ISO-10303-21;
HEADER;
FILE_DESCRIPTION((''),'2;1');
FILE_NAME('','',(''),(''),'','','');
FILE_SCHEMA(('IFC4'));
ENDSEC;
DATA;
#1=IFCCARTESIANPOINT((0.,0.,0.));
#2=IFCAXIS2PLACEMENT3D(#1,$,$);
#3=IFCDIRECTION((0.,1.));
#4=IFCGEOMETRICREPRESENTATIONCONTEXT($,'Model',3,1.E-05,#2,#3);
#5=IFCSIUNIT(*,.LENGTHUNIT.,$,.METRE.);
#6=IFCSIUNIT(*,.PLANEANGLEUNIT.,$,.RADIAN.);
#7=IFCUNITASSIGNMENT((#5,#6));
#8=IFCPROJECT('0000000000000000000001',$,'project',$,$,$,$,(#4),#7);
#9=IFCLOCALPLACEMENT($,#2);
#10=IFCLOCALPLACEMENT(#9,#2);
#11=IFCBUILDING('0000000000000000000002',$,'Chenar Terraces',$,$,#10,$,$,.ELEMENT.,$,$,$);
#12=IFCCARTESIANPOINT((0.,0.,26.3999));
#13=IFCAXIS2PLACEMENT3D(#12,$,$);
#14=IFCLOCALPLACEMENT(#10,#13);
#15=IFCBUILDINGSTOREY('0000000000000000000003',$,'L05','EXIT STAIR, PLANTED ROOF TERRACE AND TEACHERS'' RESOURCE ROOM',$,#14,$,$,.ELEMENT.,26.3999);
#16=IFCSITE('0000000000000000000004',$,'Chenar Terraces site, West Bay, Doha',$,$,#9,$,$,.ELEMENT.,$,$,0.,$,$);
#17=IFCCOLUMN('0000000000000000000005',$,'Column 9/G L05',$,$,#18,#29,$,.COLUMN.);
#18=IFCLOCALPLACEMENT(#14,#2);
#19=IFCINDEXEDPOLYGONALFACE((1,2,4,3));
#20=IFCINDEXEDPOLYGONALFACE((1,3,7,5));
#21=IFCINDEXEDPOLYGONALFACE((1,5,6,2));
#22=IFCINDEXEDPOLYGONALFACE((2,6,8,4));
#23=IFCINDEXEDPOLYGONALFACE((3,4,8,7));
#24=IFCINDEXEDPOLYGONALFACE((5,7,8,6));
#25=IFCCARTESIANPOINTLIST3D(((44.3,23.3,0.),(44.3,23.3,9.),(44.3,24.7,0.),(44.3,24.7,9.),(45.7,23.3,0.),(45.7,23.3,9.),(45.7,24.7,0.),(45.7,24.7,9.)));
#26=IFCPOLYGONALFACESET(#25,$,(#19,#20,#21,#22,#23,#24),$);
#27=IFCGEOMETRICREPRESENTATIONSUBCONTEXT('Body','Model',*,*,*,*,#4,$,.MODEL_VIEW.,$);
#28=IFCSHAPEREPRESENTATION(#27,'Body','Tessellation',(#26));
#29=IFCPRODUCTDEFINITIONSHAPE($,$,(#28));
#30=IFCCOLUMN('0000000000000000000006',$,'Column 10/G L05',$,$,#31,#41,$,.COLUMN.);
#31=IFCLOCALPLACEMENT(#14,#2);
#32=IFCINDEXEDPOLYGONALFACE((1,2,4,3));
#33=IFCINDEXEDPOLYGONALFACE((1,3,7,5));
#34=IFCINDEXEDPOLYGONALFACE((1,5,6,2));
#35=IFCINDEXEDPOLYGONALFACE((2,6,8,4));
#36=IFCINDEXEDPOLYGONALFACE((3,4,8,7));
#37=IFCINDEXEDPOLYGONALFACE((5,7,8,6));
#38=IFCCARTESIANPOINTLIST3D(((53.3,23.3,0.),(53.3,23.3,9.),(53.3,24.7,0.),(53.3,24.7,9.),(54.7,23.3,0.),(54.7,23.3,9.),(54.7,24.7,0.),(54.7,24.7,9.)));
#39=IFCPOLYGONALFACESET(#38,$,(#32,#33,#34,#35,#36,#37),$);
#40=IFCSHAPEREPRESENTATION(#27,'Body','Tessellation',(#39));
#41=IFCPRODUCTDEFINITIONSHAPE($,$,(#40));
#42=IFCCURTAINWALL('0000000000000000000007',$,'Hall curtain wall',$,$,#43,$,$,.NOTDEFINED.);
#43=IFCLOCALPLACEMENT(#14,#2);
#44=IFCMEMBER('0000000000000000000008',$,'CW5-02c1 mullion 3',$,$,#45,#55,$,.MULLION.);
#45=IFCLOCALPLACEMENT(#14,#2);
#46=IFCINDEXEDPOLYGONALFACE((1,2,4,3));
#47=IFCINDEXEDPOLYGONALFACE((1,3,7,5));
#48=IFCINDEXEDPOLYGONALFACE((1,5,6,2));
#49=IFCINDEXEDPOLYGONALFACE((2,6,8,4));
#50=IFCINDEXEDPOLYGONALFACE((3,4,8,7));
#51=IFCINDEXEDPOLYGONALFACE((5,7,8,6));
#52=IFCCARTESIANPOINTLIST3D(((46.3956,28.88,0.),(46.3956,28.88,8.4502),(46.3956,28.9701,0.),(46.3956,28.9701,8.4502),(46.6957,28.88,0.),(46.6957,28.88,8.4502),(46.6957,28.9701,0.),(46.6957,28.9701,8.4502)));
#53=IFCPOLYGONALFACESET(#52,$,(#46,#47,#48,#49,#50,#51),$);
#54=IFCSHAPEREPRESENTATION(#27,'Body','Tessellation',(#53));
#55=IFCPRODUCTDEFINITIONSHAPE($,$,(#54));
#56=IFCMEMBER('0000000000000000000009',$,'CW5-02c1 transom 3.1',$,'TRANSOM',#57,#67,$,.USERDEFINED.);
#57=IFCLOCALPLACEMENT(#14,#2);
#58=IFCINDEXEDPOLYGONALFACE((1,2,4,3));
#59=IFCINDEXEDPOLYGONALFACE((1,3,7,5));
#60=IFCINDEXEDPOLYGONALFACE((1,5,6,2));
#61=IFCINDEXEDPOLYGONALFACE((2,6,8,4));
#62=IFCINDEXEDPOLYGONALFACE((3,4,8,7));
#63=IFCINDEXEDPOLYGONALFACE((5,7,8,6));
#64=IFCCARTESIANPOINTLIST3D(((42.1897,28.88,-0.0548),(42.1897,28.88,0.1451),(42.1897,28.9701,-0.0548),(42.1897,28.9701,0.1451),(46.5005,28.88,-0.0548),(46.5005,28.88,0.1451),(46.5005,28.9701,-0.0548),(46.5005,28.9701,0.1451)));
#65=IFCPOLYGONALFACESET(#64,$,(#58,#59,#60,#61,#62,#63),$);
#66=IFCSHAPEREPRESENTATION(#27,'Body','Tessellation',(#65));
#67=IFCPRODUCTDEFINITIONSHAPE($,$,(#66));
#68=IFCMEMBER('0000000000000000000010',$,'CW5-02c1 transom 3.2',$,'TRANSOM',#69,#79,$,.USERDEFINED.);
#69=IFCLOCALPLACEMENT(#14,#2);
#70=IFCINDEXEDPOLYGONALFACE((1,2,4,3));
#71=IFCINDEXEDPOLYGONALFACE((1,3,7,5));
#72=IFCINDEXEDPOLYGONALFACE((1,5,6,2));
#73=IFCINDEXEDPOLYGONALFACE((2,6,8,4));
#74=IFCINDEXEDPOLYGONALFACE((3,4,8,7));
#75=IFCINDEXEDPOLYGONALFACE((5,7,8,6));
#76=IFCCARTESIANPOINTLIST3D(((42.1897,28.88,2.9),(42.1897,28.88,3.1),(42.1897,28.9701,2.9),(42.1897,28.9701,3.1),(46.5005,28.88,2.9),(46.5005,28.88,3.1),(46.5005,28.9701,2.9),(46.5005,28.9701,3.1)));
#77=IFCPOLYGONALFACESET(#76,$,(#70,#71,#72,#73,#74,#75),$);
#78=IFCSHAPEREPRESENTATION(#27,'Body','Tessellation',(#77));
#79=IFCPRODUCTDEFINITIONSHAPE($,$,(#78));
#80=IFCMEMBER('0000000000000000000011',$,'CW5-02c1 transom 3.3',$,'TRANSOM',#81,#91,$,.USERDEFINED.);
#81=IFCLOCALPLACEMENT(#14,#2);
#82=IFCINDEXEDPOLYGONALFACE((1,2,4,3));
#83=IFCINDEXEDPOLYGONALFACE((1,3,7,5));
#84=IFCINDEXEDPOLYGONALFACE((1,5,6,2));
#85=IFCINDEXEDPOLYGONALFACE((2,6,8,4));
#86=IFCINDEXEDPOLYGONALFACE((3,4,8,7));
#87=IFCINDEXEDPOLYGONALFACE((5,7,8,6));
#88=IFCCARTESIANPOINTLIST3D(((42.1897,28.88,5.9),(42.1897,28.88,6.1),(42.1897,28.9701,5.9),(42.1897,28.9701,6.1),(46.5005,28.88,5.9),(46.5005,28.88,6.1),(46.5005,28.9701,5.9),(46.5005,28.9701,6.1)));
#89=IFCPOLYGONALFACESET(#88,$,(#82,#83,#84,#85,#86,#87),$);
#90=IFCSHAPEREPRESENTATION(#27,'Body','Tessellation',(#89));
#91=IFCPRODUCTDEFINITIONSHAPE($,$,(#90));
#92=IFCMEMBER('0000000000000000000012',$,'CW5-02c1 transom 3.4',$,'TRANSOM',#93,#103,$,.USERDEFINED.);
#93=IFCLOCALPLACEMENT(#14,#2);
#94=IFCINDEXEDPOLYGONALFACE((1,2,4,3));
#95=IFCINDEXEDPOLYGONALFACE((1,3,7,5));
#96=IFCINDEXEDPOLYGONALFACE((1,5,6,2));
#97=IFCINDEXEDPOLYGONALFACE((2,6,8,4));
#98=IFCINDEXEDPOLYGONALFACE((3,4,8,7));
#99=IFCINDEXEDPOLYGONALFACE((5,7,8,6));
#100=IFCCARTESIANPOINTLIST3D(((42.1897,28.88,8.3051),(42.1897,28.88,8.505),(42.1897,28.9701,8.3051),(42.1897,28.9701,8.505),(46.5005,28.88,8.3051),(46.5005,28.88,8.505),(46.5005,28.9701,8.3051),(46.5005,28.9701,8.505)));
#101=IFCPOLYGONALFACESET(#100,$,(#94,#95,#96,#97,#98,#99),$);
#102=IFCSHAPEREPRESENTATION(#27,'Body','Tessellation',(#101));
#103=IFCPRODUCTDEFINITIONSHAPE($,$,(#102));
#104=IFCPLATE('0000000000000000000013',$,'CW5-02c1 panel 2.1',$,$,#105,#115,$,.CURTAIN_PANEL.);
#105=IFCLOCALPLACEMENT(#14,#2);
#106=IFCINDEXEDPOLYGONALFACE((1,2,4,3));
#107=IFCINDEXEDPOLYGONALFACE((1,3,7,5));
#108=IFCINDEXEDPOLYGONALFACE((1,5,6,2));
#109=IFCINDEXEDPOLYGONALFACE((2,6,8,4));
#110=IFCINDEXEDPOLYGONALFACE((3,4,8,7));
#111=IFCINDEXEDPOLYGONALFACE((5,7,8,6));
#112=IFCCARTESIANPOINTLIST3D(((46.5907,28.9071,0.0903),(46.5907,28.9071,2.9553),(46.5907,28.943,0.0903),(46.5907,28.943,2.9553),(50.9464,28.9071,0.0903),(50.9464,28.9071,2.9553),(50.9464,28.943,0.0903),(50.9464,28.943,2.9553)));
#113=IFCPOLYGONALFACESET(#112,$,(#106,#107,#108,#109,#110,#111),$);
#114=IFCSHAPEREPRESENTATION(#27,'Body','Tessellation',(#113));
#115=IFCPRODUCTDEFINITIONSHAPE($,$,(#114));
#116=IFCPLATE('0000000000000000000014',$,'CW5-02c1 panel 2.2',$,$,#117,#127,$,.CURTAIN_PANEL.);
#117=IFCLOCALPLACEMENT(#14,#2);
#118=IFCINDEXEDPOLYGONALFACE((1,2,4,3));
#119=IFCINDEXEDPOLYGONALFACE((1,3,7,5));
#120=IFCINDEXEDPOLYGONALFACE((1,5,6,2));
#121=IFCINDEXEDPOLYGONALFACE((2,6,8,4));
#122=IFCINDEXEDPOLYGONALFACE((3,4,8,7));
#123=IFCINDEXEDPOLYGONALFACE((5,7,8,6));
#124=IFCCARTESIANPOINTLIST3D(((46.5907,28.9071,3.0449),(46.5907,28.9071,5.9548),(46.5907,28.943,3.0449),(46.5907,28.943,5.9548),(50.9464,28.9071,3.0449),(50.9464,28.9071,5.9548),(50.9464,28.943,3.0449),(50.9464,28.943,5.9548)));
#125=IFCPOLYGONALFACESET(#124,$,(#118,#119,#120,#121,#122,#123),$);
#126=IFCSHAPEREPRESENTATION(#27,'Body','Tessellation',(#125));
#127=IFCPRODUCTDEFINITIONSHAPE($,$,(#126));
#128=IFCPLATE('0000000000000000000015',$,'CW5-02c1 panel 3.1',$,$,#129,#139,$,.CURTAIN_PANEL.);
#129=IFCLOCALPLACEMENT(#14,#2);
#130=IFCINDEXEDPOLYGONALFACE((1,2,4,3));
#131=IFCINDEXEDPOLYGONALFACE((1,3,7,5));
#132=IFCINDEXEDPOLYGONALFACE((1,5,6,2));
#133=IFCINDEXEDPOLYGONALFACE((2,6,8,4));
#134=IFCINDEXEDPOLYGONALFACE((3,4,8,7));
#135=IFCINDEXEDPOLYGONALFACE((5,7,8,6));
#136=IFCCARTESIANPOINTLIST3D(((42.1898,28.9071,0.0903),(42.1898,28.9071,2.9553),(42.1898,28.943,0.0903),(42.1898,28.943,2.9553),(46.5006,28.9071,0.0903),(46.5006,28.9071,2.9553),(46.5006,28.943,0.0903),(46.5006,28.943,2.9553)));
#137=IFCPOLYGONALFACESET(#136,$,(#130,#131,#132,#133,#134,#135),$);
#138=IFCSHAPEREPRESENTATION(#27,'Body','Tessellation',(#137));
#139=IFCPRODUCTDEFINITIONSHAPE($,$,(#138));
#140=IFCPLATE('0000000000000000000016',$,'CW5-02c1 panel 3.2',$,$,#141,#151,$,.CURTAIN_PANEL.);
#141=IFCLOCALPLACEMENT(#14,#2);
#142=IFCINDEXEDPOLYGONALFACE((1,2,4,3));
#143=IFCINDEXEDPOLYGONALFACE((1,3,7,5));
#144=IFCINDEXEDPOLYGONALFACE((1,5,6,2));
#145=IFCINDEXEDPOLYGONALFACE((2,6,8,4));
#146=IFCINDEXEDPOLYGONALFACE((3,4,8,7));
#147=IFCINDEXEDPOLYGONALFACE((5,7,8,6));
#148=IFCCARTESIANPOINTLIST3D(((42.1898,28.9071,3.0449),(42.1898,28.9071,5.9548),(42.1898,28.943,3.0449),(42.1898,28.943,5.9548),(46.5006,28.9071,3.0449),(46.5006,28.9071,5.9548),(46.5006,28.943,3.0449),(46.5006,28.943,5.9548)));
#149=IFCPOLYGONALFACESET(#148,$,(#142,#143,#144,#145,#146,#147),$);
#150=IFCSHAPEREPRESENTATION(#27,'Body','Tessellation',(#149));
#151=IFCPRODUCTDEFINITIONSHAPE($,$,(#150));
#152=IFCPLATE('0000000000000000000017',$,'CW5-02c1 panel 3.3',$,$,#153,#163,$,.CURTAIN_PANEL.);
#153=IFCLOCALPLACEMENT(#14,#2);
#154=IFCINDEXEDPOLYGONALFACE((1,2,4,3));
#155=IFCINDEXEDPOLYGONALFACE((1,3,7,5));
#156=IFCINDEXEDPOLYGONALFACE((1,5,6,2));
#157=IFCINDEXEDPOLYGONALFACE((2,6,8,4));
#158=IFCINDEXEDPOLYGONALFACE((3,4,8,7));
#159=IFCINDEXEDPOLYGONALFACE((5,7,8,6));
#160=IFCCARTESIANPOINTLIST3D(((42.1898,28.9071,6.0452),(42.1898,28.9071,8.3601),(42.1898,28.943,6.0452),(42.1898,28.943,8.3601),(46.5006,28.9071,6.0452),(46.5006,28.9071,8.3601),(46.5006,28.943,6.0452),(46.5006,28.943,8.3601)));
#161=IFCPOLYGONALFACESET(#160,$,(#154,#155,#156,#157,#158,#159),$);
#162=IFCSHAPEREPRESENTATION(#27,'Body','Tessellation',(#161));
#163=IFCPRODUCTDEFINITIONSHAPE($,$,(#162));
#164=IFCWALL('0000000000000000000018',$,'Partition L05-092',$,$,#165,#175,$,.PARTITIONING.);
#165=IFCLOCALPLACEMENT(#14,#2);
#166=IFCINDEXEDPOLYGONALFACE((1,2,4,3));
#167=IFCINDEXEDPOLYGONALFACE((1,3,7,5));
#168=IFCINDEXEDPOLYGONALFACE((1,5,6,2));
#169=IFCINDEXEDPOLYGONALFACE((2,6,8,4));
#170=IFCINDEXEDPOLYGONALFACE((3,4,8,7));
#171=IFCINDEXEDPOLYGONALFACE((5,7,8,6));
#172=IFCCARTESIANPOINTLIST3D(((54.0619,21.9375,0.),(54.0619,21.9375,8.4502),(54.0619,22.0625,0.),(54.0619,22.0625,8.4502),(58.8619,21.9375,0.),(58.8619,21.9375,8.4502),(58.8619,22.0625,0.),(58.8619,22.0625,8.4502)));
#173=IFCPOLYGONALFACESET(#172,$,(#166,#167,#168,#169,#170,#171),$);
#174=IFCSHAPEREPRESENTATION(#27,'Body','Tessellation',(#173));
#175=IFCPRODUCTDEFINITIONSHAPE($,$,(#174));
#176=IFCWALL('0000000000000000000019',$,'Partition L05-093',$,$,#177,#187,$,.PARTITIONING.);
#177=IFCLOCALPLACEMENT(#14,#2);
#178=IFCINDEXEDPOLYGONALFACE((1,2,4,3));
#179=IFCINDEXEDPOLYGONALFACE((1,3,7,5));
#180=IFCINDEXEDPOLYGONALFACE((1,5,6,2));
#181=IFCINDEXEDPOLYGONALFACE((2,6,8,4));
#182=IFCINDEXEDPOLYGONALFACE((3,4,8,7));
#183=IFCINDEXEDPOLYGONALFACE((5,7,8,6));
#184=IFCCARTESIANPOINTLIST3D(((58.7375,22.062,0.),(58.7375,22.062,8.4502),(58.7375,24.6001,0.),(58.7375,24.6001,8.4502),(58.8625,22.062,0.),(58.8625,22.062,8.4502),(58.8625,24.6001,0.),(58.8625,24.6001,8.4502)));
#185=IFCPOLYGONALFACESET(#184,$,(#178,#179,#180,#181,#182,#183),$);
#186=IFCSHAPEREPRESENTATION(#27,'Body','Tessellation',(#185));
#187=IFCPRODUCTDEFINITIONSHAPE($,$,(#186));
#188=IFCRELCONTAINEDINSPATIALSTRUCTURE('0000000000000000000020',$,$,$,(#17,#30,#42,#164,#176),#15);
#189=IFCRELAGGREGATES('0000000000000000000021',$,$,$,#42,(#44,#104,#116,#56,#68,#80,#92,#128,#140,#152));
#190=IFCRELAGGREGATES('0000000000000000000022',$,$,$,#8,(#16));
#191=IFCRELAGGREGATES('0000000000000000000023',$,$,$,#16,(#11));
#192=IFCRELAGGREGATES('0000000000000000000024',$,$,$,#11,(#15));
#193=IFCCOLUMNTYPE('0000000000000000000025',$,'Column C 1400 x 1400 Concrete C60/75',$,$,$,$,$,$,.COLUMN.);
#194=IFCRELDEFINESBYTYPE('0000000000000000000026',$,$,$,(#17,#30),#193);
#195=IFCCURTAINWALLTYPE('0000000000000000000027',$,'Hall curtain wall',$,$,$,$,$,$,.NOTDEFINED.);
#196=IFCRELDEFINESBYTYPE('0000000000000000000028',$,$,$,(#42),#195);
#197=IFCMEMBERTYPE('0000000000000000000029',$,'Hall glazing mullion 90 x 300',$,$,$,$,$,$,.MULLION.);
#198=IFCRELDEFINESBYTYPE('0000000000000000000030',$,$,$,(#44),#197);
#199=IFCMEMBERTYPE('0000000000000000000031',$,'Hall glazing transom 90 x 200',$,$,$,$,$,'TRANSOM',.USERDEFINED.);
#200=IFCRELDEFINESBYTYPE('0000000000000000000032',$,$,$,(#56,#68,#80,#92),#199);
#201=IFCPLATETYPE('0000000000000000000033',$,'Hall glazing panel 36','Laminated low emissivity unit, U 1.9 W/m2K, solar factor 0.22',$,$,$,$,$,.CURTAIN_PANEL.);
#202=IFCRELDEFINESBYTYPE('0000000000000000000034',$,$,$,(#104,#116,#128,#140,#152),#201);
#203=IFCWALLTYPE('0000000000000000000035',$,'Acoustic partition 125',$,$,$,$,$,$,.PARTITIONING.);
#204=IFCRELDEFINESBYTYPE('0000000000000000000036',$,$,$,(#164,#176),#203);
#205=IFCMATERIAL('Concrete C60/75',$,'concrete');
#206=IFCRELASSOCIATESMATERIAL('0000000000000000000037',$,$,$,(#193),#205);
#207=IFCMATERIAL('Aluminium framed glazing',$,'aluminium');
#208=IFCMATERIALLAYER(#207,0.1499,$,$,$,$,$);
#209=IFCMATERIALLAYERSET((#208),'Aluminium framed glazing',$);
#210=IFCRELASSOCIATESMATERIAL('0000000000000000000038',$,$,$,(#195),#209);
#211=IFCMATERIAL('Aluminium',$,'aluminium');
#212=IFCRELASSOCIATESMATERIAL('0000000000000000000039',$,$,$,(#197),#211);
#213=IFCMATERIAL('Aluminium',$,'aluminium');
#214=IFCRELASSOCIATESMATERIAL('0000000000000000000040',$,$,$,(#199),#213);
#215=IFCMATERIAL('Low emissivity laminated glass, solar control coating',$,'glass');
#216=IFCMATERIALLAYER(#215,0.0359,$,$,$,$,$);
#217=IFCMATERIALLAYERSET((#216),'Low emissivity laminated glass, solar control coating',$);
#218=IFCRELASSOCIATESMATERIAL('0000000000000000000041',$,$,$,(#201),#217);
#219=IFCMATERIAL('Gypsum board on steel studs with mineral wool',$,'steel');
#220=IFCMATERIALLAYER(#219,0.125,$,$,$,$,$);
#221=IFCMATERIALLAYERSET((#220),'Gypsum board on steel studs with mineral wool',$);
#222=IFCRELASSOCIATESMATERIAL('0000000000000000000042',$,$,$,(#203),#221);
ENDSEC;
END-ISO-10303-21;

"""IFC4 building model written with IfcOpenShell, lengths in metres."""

from ifc_helpers import new_model, si_unit, direction, frame, frame_2d, origin, origin_2d, place, context, subcontext, project, spatial, rectangle, extrude, material, layer, layer_set, material_profile, profile_set, type_object, element, aggregate, save


model = new_model("IFC4")

# Units and contexts
model_context = context("Model", 3, precision=1e-05, world=origin(), true_north=direction((0.0, 1.0)))
body_context = subcontext(model_context, "Body", "Model", "MODEL_VIEW")
ifc_project = project(units=[si_unit("LENGTHUNIT", "METRE"), si_unit("PLANEANGLEUNIT", "RADIAN")], contexts=[model_context])

# Site, building, storey
site_placement = place(None, origin())
site = spatial("IfcSite", under=ifc_project, at=site_placement, Name="Chenar Terraces site, West Bay, Doha", CompositionType="ELEMENT", RefElevation=0.0)
building_placement = place(site_placement, origin())
building = spatial("IfcBuilding", under=site, at=building_placement, Name="Chenar Terraces", CompositionType="ELEMENT")
storey_placement = place(building_placement, frame((0.0, 0.0, 26.3999)))
storey = spatial("IfcBuildingStorey", under=building, at=storey_placement, Name="L05", Description="EXIT STAIR, PLANTED ROOF TERRACE AND TEACHERS' RESOURCE ROOM", CompositionType="ELEMENT", Elevation=26.3999)

# Columns
ifc_material_1 = material(Name="Concrete C60/75", Category="concrete")
ifc_material_profile_1 = material_profile(ifc_material_1, rectangle(XDim=1.3999, YDim=1.3999, at=origin_2d()), Name="C 1400 x 1400")
ifc_profile_set_1 = profile_set([ifc_material_profile_1], Name="Concrete C60/75")
column_type = type_object("IfcColumnType", Name="Column C 1400 x 1400 Concrete C60/75", PredefinedType="COLUMN", material=ifc_profile_set_1)
for number, where, z_axis, x_axis, name in (
    (1, (45.0, 24.0, 0.0), (0.0, 0.0, 1.0), (1.0, 0.0, 0.0), "Column 9/G L05"),
    (2, (54.0, 24.0, 0.0), (0.0, 0.0, 1.0), (1.0, 0.0, 0.0), "Column 10/G L05"),
):
    element("IfcColumn", number, at=place(storey_placement, frame(where, z_axis=z_axis, x_axis=x_axis)), inside=storey, type_object=column_type, Name=name, PredefinedType="COLUMN", context=body_context, shape_type="SweptSolid", body=[
        extrude(rectangle(XDim=1.3999, YDim=1.3999, at=origin_2d()), origin(), (0.0, 0.0, 1.0), 9.0),
    ])

# Curtain wall, members, plates
ifc_material_2 = material(Name="Aluminium framed glazing", Category="aluminium")
ifc_layer_1 = layer(ifc_material_2, 0.1499)
ifc_layer_set_1 = layer_set([ifc_layer_1], Name="Aluminium framed glazing")
curtain_wall_type = type_object("IfcCurtainWallType", Name="Hall curtain wall", PredefinedType="NOTDEFINED", material=ifc_layer_set_1)
placement = place(storey_placement, origin())
curtain_wall = element("IfcCurtainWall", 3, at=placement, inside=storey, type_object=curtain_wall_type, Name="Hall curtain wall", PredefinedType="NOTDEFINED")
ifc_material_3 = material(Name="Aluminium", Category="aluminium")
ifc_material_profile_2 = material_profile(ifc_material_3, rectangle(XDim=0.0901, YDim=0.3, at=origin_2d()), Name="Hall glazing mullion 90 x 300")
ifc_profile_set_2 = profile_set([ifc_material_profile_2], Name="Aluminium")
member_type_1 = type_object("IfcMemberType", Name="Hall glazing mullion 90 x 300", PredefinedType="MULLION", material=ifc_profile_set_2)
member_1_placement = place(storey_placement, frame((46.5457, 28.925, 0.0), z_axis=(0.0, 0.0, 1.0), x_axis=(0.0, -1.0, 0.0)))
member_1 = element("IfcMember", 4, at=member_1_placement, type_object=member_type_1, Name="CW5-02c1 mullion 3", PredefinedType="MULLION", context=body_context, shape_type="SweptSolid", body=[
    extrude(rectangle(XDim=0.0901, YDim=0.3, at=origin_2d()), origin(), (0.0, 0.0, 1.0), 8.4502),
])
ifc_material_4 = material(Name="Aluminium", Category="aluminium")
ifc_material_profile_3 = material_profile(ifc_material_4, rectangle(XDim=0.0901, YDim=0.2, at=origin_2d()), Name="Hall glazing transom 90 x 200")
ifc_profile_set_3 = profile_set([ifc_material_profile_3], Name="Aluminium")
member_type_2 = type_object("IfcMemberType", Name="Hall glazing transom 90 x 200", ElementType="TRANSOM", PredefinedType="USERDEFINED", material=ifc_profile_set_3)
member_2_placement = place(storey_placement, frame((46.5005, 28.925, 0.0452), z_axis=(-1.0, 0.0, 0.0), x_axis=(0.0, -1.0, 0.0)))
member_2 = element("IfcMember", 5, at=member_2_placement, type_object=member_type_2, Name="CW5-02c1 transom 3.1", ObjectType="TRANSOM", PredefinedType="USERDEFINED", context=body_context, shape_type="SweptSolid", body=[
    extrude(rectangle(XDim=0.0901, YDim=0.2, at=origin_2d()), origin(), (0.0, 0.0, 1.0), 4.3108),
])
member_3_placement = place(storey_placement, frame((46.5005, 28.925, 3.0), z_axis=(-1.0, 0.0, 0.0), x_axis=(0.0, -1.0, 0.0)))
member_3 = element("IfcMember", 6, at=member_3_placement, type_object=member_type_2, Name="CW5-02c1 transom 3.2", ObjectType="TRANSOM", PredefinedType="USERDEFINED", context=body_context, shape_type="SweptSolid", body=[
    extrude(rectangle(XDim=0.0901, YDim=0.2, at=origin_2d()), origin(), (0.0, 0.0, 1.0), 4.3108),
])
member_4_placement = place(storey_placement, frame((46.5005, 28.925, 6.0), z_axis=(-1.0, 0.0, 0.0), x_axis=(0.0, -1.0, 0.0)))
member_4 = element("IfcMember", 7, at=member_4_placement, type_object=member_type_2, Name="CW5-02c1 transom 3.3", ObjectType="TRANSOM", PredefinedType="USERDEFINED", context=body_context, shape_type="SweptSolid", body=[
    extrude(rectangle(XDim=0.0901, YDim=0.2, at=origin_2d()), origin(), (0.0, 0.0, 1.0), 4.3108),
])
member_5_placement = place(storey_placement, frame((46.5005, 28.925, 8.405), z_axis=(-1.0, 0.0, 0.0), x_axis=(0.0, -1.0, 0.0)))
member_5 = element("IfcMember", 8, at=member_5_placement, type_object=member_type_2, Name="CW5-02c1 transom 3.4", ObjectType="TRANSOM", PredefinedType="USERDEFINED", context=body_context, shape_type="SweptSolid", body=[
    extrude(rectangle(XDim=0.0901, YDim=0.2, at=origin_2d()), origin(), (0.0, 0.0, 1.0), 4.3108),
])
ifc_material_5 = material(Name="Low emissivity laminated glass, solar control coating", Category="glass")
ifc_layer_2 = layer(ifc_material_5, 0.0359)
ifc_layer_set_2 = layer_set([ifc_layer_2], Name="Low emissivity laminated glass, solar control coating")
plate_type = type_object("IfcPlateType", Name="Hall glazing panel 36", Description="Laminated low emissivity unit, U 1.9 W/m2K, solar factor 0.22", PredefinedType="CURTAIN_PANEL", material=ifc_layer_set_2)
plate_1_placement = place(storey_placement, frame((48.7686, 28.925, 0.0903), z_axis=(0.0, 0.0, 1.0), x_axis=(-1.0, 0.0, 0.0)))
plate_1 = element("IfcPlate", 9, at=plate_1_placement, type_object=plate_type, Name="CW5-02c1 panel 2.1", PredefinedType="CURTAIN_PANEL", context=body_context, shape_type="SweptSolid", body=[
    extrude(rectangle(XDim=4.3557, YDim=0.0359, at=origin_2d()), origin(), (0.0, 0.0, 1.0), 2.865),
])
plate_2_placement = place(storey_placement, frame((48.7686, 28.925, 3.0449), z_axis=(0.0, 0.0, 1.0), x_axis=(-1.0, 0.0, 0.0)))
plate_2 = element("IfcPlate", 10, at=plate_2_placement, type_object=plate_type, Name="CW5-02c1 panel 2.2", PredefinedType="CURTAIN_PANEL", context=body_context, shape_type="SweptSolid", body=[
    extrude(rectangle(XDim=4.3557, YDim=0.0359, at=origin_2d()), origin(), (0.0, 0.0, 1.0), 2.9099),
])
plate_3_placement = place(storey_placement, frame((44.3452, 28.925, 0.0903), z_axis=(0.0, 0.0, 1.0), x_axis=(-1.0, 0.0, 0.0)))
plate_3 = element("IfcPlate", 11, at=plate_3_placement, type_object=plate_type, Name="CW5-02c1 panel 3.1", PredefinedType="CURTAIN_PANEL", context=body_context, shape_type="SweptSolid", body=[
    extrude(rectangle(XDim=4.3108, YDim=0.0359, at=origin_2d()), origin(), (0.0, 0.0, 1.0), 2.865),
])
plate_4_placement = place(storey_placement, frame((44.3452, 28.925, 3.0449), z_axis=(0.0, 0.0, 1.0), x_axis=(-1.0, 0.0, 0.0)))
plate_4 = element("IfcPlate", 12, at=plate_4_placement, type_object=plate_type, Name="CW5-02c1 panel 3.2", PredefinedType="CURTAIN_PANEL", context=body_context, shape_type="SweptSolid", body=[
    extrude(rectangle(XDim=4.3108, YDim=0.0359, at=origin_2d()), origin(), (0.0, 0.0, 1.0), 2.9099),
])
plate_5_placement = place(storey_placement, frame((44.3452, 28.925, 6.0452), z_axis=(0.0, 0.0, 1.0), x_axis=(-1.0, 0.0, 0.0)))
plate_5 = element("IfcPlate", 13, at=plate_5_placement, type_object=plate_type, Name="CW5-02c1 panel 3.3", PredefinedType="CURTAIN_PANEL", context=body_context, shape_type="SweptSolid", body=[
    extrude(rectangle(XDim=4.3108, YDim=0.0359, at=origin_2d()), origin(), (0.0, 0.0, 1.0), 2.3149),
])
aggregate(curtain_wall, [member_1, plate_1, plate_2, member_2, member_3, member_4, member_5, plate_3, plate_4, plate_5])

# Walls
ifc_material_6 = material(Name="Gypsum board on steel studs with mineral wool", Category="steel")
ifc_layer_3 = layer(ifc_material_6, 0.125)
ifc_layer_set_3 = layer_set([ifc_layer_3], Name="Gypsum board on steel studs with mineral wool")
wall_type_1 = type_object("IfcWallType", Name="Acoustic partition 125", PredefinedType="PARTITIONING", material=ifc_layer_set_3)
wall_1_placement = place(storey_placement, frame((54.062, 22.0, 0.0), z_axis=(0.0, 0.0, 1.0), x_axis=(1.0, 0.0, 0.0)))
element("IfcWall", 14, at=wall_1_placement, inside=storey, type_object=wall_type_1, Name="Partition L05-092", PredefinedType="PARTITIONING", context=body_context, shape_type="SweptSolid", body=[
    extrude(rectangle(XDim=4.8, YDim=0.125, at=frame_2d((2.3999, 0.0))), origin(), (0.0, 0.0, 1.0), 8.4502),
])
wall_2_placement = place(storey_placement, frame((58.8, 22.062, 0.0), z_axis=(0.0, 0.0, 1.0), x_axis=(0.0, 1.0, 0.0)))
element("IfcWall", 15, at=wall_2_placement, inside=storey, type_object=wall_type_1, Name="Partition L05-093", PredefinedType="PARTITIONING", context=body_context, shape_type="SweptSolid", body=[
    extrude(rectangle(XDim=2.5381, YDim=0.125, at=frame_2d((1.269, 0.0))), origin(), (0.0, 0.0, 1.0), 8.4502),
])

save(model, "model.ifc")
